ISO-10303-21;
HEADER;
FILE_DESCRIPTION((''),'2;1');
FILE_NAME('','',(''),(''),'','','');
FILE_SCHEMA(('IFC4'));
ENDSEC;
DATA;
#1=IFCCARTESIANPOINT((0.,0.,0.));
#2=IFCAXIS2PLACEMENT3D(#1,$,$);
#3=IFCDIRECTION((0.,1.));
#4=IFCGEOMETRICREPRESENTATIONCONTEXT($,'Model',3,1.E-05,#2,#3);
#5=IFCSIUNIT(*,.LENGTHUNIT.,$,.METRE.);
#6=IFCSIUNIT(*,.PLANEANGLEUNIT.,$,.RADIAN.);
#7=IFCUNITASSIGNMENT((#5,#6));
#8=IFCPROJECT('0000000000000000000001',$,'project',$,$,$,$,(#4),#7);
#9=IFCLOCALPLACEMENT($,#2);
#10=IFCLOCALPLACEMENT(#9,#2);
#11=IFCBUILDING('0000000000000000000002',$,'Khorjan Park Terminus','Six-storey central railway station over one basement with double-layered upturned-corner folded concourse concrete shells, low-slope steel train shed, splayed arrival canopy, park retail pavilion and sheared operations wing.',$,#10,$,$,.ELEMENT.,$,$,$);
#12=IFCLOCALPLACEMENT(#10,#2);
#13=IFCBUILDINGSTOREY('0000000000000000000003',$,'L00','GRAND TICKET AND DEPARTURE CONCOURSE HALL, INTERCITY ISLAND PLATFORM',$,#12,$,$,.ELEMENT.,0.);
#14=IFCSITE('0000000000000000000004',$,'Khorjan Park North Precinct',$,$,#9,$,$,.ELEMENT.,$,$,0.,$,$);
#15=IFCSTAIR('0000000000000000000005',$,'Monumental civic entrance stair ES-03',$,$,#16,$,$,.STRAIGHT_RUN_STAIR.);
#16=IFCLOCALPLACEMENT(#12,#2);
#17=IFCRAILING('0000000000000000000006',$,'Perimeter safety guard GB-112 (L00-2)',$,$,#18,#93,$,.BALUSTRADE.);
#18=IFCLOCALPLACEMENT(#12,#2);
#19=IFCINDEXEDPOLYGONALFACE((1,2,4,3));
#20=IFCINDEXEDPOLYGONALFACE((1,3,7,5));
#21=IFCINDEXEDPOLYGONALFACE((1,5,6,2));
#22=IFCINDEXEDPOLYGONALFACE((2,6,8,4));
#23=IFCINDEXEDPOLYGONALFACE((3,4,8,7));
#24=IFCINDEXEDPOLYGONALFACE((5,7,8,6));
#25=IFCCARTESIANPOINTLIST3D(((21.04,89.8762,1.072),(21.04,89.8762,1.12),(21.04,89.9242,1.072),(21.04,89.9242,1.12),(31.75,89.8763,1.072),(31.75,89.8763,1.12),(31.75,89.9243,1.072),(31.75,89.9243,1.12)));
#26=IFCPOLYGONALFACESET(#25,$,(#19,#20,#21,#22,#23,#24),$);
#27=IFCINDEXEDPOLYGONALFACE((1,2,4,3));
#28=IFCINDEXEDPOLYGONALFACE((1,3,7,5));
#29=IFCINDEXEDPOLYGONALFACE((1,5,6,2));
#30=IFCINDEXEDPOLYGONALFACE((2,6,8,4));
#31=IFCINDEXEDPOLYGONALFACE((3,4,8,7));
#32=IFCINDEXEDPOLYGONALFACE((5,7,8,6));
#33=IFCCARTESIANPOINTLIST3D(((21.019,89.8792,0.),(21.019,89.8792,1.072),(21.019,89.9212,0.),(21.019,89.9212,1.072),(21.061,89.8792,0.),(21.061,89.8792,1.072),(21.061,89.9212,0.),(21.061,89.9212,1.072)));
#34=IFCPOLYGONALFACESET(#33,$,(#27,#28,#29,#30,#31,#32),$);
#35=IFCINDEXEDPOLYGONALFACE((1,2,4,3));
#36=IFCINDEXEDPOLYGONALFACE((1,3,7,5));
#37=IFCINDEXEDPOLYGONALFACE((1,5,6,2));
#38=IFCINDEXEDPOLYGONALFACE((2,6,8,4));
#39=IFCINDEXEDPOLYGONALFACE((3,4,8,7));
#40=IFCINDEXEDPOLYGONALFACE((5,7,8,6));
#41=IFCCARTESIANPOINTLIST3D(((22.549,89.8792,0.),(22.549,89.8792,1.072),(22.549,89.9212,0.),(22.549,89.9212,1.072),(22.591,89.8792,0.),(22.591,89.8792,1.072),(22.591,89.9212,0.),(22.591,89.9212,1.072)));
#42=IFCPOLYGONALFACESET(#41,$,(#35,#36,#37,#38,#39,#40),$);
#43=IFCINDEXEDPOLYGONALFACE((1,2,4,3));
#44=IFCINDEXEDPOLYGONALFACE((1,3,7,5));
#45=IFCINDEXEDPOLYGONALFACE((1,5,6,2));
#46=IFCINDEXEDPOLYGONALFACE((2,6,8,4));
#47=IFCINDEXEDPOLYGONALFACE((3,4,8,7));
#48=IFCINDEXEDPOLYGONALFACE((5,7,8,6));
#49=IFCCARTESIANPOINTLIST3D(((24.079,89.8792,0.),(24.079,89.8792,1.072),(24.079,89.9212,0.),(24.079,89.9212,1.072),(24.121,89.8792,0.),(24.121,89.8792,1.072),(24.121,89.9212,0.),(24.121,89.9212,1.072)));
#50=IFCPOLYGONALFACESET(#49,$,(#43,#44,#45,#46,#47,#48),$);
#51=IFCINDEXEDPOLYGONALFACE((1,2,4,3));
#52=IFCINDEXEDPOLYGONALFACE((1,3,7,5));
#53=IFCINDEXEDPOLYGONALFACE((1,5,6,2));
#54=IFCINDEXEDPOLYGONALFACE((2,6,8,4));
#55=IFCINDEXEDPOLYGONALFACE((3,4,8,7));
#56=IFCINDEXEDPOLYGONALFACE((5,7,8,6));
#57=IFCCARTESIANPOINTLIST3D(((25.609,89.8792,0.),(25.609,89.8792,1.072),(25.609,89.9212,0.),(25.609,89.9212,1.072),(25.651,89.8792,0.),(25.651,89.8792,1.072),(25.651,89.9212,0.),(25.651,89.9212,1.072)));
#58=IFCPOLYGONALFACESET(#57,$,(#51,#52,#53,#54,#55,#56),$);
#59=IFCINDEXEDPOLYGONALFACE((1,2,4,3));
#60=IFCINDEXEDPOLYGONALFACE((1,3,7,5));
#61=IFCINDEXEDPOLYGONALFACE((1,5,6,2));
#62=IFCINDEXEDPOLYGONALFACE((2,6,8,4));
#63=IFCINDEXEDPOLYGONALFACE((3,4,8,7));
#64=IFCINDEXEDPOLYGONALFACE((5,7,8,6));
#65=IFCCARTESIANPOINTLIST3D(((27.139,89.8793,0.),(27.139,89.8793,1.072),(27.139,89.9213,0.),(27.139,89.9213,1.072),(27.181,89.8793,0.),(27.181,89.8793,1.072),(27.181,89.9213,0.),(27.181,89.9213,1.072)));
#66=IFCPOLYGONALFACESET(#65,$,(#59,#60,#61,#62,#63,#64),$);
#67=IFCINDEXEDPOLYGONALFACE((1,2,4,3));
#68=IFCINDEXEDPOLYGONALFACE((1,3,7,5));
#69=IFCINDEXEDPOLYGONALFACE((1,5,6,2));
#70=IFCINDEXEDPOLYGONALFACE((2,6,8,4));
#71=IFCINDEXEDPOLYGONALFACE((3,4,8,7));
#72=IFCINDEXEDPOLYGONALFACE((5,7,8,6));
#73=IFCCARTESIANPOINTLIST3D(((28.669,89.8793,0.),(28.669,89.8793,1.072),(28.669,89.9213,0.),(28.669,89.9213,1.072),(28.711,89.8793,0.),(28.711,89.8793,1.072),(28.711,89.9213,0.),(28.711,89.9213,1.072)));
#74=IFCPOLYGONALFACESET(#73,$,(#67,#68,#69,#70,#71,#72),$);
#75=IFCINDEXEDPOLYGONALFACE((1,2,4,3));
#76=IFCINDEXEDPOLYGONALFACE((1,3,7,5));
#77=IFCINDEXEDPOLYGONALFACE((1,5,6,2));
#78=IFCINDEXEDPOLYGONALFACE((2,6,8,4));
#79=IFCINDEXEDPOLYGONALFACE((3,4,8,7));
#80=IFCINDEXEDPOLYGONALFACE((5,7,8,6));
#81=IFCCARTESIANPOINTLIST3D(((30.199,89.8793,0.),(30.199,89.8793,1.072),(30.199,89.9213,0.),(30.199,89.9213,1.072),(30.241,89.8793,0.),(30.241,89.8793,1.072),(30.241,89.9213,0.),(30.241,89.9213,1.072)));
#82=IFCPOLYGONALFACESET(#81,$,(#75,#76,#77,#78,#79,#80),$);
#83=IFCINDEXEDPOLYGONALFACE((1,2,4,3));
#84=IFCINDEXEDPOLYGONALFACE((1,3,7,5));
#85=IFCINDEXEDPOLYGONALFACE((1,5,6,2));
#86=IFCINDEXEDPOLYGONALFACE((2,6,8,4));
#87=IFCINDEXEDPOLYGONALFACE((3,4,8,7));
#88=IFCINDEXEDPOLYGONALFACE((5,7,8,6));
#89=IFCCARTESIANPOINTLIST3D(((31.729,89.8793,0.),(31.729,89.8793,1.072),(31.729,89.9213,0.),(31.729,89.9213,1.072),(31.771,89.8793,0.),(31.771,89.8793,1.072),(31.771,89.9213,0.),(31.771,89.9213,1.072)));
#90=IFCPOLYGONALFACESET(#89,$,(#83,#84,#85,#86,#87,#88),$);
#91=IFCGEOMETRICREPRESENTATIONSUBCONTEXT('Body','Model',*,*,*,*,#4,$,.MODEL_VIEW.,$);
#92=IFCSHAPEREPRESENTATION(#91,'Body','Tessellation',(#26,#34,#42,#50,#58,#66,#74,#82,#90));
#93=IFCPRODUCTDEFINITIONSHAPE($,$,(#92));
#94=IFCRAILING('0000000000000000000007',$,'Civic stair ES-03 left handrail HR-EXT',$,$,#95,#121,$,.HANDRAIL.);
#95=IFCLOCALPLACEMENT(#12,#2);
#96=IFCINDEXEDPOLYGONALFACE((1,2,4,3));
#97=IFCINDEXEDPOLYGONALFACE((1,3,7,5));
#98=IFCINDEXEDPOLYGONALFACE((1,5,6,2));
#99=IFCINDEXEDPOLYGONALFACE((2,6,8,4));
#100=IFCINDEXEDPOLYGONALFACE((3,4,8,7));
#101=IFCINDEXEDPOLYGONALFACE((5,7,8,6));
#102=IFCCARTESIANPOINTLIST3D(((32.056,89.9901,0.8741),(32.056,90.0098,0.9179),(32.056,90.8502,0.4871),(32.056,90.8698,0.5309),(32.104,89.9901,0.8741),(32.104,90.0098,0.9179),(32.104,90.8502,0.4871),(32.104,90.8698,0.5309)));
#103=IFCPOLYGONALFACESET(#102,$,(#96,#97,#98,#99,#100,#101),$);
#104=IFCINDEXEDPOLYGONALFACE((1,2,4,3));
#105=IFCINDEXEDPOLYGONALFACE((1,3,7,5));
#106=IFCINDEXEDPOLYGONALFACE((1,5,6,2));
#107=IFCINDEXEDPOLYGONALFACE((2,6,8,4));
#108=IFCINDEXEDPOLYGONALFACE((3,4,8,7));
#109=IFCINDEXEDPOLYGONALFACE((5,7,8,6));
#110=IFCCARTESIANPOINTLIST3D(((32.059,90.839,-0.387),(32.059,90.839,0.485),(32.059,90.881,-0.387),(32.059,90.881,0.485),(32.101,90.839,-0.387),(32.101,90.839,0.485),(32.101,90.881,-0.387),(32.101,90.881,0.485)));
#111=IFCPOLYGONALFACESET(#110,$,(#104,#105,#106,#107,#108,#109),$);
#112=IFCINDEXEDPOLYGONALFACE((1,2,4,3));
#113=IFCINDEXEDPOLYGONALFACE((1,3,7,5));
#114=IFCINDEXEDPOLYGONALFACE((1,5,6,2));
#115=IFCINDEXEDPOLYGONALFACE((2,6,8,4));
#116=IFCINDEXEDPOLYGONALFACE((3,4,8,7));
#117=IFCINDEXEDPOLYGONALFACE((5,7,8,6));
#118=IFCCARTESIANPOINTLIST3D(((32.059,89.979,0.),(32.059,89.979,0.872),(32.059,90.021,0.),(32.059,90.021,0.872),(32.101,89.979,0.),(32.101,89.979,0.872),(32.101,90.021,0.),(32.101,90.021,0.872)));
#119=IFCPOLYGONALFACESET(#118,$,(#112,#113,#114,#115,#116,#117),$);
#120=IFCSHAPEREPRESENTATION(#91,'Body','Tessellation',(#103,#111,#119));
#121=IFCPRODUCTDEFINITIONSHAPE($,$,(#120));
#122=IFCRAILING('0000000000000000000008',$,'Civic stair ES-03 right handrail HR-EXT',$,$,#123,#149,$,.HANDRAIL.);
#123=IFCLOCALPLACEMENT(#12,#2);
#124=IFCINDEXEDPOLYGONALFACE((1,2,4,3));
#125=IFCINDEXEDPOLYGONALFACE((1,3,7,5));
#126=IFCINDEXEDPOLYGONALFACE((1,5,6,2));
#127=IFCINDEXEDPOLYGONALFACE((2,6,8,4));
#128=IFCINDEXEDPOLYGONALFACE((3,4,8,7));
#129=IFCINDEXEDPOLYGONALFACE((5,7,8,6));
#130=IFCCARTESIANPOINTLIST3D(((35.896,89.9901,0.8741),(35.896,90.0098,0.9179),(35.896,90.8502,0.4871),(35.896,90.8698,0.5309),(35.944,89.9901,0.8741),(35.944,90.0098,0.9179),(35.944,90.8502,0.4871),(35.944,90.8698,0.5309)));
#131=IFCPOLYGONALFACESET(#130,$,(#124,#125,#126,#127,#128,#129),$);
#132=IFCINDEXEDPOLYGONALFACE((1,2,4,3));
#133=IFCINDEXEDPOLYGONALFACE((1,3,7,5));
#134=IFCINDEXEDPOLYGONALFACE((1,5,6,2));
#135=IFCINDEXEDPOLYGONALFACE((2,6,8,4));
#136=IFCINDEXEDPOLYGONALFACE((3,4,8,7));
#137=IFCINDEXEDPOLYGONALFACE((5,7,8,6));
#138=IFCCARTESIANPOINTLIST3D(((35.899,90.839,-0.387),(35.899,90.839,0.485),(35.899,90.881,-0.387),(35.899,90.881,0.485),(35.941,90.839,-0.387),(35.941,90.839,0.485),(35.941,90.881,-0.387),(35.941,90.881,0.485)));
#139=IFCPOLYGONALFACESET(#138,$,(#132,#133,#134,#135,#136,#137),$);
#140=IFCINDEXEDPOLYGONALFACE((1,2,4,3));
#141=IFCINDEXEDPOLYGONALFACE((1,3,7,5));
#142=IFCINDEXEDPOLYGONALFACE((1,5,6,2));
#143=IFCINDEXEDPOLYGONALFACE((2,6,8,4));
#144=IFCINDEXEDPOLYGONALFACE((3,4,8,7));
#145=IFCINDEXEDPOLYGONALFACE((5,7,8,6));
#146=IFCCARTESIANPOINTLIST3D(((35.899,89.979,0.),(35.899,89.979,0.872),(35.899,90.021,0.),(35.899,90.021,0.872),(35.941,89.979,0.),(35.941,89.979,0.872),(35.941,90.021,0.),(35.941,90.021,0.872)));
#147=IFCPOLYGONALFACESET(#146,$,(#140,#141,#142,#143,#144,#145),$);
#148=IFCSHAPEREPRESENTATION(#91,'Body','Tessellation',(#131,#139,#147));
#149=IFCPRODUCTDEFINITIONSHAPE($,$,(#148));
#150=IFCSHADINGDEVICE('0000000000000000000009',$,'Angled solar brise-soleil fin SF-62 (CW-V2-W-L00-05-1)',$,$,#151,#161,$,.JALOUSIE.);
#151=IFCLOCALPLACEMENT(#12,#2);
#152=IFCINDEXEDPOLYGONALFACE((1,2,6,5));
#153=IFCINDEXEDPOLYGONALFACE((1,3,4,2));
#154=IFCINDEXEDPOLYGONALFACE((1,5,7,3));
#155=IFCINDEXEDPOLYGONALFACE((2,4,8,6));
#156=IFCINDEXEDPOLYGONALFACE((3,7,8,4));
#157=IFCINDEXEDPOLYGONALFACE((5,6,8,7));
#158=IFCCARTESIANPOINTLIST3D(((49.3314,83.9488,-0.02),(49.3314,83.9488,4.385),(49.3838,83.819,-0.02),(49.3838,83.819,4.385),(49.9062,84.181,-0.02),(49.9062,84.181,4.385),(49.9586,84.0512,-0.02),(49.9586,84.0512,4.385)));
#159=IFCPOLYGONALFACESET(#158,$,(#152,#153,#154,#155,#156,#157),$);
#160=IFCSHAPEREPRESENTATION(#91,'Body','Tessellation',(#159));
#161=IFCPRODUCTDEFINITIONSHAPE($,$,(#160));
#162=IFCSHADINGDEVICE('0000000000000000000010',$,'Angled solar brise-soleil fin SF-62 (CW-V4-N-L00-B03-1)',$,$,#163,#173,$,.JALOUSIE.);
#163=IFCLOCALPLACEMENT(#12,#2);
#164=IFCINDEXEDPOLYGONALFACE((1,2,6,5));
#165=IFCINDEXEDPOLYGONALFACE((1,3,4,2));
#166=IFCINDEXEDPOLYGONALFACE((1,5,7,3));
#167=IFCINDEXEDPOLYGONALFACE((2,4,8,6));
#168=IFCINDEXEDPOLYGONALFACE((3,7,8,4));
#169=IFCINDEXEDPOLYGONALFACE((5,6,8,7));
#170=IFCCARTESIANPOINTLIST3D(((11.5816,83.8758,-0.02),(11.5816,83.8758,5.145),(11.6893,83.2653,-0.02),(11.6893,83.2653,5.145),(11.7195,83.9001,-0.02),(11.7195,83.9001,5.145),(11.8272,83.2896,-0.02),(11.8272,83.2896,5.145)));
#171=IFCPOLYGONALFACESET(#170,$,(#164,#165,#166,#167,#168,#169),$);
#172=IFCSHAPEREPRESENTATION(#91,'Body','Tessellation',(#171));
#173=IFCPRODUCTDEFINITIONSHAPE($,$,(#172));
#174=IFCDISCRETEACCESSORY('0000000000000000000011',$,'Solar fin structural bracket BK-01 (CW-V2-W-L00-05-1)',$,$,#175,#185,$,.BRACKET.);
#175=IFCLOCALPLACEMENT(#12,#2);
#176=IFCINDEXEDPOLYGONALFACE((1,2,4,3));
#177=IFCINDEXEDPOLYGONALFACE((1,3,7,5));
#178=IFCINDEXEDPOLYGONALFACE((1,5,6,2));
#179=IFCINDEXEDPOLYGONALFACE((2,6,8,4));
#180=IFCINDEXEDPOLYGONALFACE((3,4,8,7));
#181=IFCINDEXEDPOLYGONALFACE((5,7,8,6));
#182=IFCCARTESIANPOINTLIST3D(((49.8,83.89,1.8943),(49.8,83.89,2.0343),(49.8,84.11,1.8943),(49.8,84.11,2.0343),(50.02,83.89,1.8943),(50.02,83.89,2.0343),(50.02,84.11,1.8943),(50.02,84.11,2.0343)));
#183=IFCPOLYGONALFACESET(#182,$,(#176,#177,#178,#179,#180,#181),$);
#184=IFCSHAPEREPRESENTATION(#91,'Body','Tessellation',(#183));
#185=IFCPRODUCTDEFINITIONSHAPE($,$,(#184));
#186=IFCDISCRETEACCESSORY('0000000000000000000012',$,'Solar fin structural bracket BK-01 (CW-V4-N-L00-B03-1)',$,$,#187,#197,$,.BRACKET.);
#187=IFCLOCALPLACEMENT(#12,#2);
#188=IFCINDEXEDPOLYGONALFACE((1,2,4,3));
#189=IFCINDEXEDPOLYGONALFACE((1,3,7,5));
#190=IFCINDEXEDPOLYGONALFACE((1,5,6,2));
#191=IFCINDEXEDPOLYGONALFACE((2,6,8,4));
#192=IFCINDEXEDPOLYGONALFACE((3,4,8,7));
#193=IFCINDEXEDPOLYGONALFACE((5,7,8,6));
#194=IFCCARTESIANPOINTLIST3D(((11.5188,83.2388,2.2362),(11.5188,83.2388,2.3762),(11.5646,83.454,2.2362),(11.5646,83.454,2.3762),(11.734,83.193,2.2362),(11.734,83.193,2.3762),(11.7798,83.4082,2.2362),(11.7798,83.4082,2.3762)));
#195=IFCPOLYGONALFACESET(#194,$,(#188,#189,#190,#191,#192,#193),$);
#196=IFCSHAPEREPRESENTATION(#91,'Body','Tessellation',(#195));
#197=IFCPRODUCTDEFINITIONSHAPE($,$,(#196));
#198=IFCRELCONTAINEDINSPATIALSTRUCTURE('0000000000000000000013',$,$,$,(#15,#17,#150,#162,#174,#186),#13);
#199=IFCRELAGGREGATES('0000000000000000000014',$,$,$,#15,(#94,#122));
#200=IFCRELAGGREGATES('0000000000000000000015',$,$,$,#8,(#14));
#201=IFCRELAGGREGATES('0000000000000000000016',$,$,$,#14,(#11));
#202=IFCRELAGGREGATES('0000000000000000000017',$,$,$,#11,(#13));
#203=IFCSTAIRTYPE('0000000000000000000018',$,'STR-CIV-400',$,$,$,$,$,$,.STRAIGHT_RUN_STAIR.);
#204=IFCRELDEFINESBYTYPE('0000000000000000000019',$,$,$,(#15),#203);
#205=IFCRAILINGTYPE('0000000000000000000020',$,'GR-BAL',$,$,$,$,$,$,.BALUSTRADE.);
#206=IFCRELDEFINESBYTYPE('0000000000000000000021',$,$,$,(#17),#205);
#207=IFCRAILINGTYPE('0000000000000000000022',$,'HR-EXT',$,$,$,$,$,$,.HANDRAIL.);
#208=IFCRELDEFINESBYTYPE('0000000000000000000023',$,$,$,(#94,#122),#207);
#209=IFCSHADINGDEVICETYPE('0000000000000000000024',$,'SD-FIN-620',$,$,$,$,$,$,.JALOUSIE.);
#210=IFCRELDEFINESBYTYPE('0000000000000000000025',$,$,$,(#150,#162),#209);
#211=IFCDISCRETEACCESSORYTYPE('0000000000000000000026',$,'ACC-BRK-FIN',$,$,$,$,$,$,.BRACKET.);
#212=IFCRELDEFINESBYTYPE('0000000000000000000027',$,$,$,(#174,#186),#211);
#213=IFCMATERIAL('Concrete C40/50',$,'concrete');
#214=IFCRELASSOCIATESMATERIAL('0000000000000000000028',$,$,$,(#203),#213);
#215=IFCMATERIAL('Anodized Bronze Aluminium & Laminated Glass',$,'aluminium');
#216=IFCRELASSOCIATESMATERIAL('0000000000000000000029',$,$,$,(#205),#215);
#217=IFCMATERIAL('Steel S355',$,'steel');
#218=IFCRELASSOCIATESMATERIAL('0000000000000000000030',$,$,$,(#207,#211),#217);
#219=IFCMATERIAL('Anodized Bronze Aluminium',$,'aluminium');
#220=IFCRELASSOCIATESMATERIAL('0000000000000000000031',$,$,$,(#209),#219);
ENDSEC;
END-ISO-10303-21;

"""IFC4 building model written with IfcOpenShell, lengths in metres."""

from ifc_helpers import new_model, si_unit, direction, frame, origin, origin_2d, place, context, subcontext, project, spatial, rectangle, extrude, material, type_object, element, aggregate, save


model = new_model("IFC4")

# Units and contexts
model_context = context("Model", 3, precision=1e-05, world=origin(), true_north=direction((0.0, 1.0)))
body_context = subcontext(model_context, "Body", "Model", "MODEL_VIEW")
ifc_project = project(units=[si_unit("LENGTHUNIT", "METRE"), si_unit("PLANEANGLEUNIT", "RADIAN")], contexts=[model_context])

# Site, building, storey
site_placement = place(None, origin())
site = spatial("IfcSite", under=ifc_project, at=site_placement, Name="Khorjan Park North Precinct", CompositionType="ELEMENT", RefElevation=0.0)
building_placement = place(site_placement, origin())
building = spatial("IfcBuilding", under=site, at=building_placement, Name="Khorjan Park Terminus", Description="Six-storey central railway station over one basement with double-layered upturned-corner folded concourse concrete shells, low-slope steel train shed, splayed arrival canopy, park retail pavilion and sheared operations wing.", CompositionType="ELEMENT")
storey_placement = place(building_placement, origin())
storey = spatial("IfcBuildingStorey", under=building, at=storey_placement, Name="L00", Description="GRAND TICKET AND DEPARTURE CONCOURSE HALL, INTERCITY ISLAND PLATFORM", CompositionType="ELEMENT", Elevation=0.0)

# Shared definitions
ifc_material_1 = material(Name="Steel S355", Category="steel")

# Shared definitions
ifc_material_2 = material(Name="Anodized Bronze Aluminium", Category="aluminium")

# Stair
ifc_material_3 = material(Name="Concrete C40/50", Category="concrete")
stair_type = type_object("IfcStairType", Name="STR-CIV-400", PredefinedType="STRAIGHT_RUN_STAIR", material=ifc_material_3)
stair_placement = place(storey_placement, origin())
stair = element("IfcStair", 1, at=stair_placement, inside=storey, type_object=stair_type, Name="Monumental civic entrance stair ES-03", PredefinedType="STRAIGHT_RUN_STAIR")

# Railing
ifc_material_4 = material(Name="Anodized Bronze Aluminium & Laminated Glass", Category="aluminium")
railing_type_1 = type_object("IfcRailingType", Name="GR-BAL", PredefinedType="BALUSTRADE", material=ifc_material_4)
railing_1_placement = place(storey_placement, frame((21.04, 89.9002, 0.0)))
element("IfcRailing", 2, at=railing_1_placement, inside=storey, type_object=railing_type_1, Name="Perimeter safety guard GB-112 (L00-2)", PredefinedType="BALUSTRADE", context=body_context, shape_type="SweptSolid", body=[
    extrude(rectangle(XDim=0.048, YDim=0.048, at=origin_2d()), frame((0.0, 0.0, 1.096), z_axis=(1.0, 0.000009, 0.0), x_axis=(-0.000009, 1.0, 0.0)), (0.0, 0.0, 1.0), 10.71),
    extrude(rectangle(XDim=0.042, YDim=0.042, at=origin_2d()), origin(), (0.0, 0.0, 1.0), 1.072),
    extrude(rectangle(XDim=0.042, YDim=0.042, at=origin_2d()), frame((1.53, 0.0, 0.0)), (0.0, 0.0, 1.0), 1.072),
    extrude(rectangle(XDim=0.042, YDim=0.042, at=origin_2d()), frame((3.06, 0.0, 0.0)), (0.0, 0.0, 1.0), 1.072),
    extrude(rectangle(XDim=0.042, YDim=0.042, at=origin_2d()), frame((4.59, 0.0, 0.0)), (0.0, 0.0, 1.0), 1.072),
    extrude(rectangle(XDim=0.042, YDim=0.042, at=origin_2d()), frame((6.12, 0.0001, 0.0)), (0.0, 0.0, 1.0), 1.072),
    extrude(rectangle(XDim=0.042, YDim=0.042, at=origin_2d()), frame((7.65, 0.0001, 0.0)), (0.0, 0.0, 1.0), 1.072),
    extrude(rectangle(XDim=0.042, YDim=0.042, at=origin_2d()), frame((9.18, 0.0001, 0.0)), (0.0, 0.0, 1.0), 1.072),
    extrude(rectangle(XDim=0.042, YDim=0.042, at=origin_2d()), frame((10.71, 0.0001, 0.0)), (0.0, 0.0, 1.0), 1.072),
])

# Railings
railing_type_2 = type_object("IfcRailingType", Name="HR-EXT", PredefinedType="HANDRAIL", material=ifc_material_1)
railing_2_placement = place(storey_placement, frame((32.08, 90.86, -0.387)))
railing_2 = element("IfcRailing", 3, at=railing_2_placement, type_object=railing_type_2, Name="Civic stair ES-03 left handrail HR-EXT", PredefinedType="HANDRAIL", context=body_context, shape_type="SweptSolid", body=[
    extrude(rectangle(XDim=0.048, YDim=0.048, at=origin_2d()), frame((0.0, 0.0, 0.896), z_axis=(0.0, -0.911922, 0.410365), x_axis=(1.0, 0.0, 0.0)), (0.0, 0.0, 1.0), 0.9431),
    extrude(rectangle(XDim=0.042, YDim=0.042, at=origin_2d()), origin(), (0.0, 0.0, 1.0), 0.872),
    extrude(rectangle(XDim=0.042, YDim=0.042, at=origin_2d()), frame((0.0, -0.86, 0.387)), (0.0, 0.0, 1.0), 0.872),
])
railing_3_placement = place(storey_placement, frame((35.92, 90.86, -0.387)))
railing_3 = element("IfcRailing", 4, at=railing_3_placement, type_object=railing_type_2, Name="Civic stair ES-03 right handrail HR-EXT", PredefinedType="HANDRAIL", context=body_context, shape_type="SweptSolid", body=[
    extrude(rectangle(XDim=0.048, YDim=0.048, at=origin_2d()), frame((0.0, 0.0, 0.896), z_axis=(0.0, -0.911922, 0.410365), x_axis=(1.0, 0.0, 0.0)), (0.0, 0.0, 1.0), 0.9431),
    extrude(rectangle(XDim=0.042, YDim=0.042, at=origin_2d()), origin(), (0.0, 0.0, 1.0), 0.872),
    extrude(rectangle(XDim=0.042, YDim=0.042, at=origin_2d()), frame((0.0, -0.86, 0.387)), (0.0, 0.0, 1.0), 0.872),
])
aggregate(stair, [railing_2, railing_3])

# Shading devices
shading_device_type = type_object("IfcShadingDeviceType", Name="SD-FIN-620", PredefinedType="JALOUSIE", material=ifc_material_2)
shading_device_1_placement = place(storey_placement, frame((49.645, 84.0, -0.02), z_axis=(0.0, 0.0, 1.0), x_axis=(0.927184, 0.374607, 0.0)))
element("IfcShadingDevice", 5, at=shading_device_1_placement, inside=storey, type_object=shading_device_type, Name="Angled solar brise-soleil fin SF-62 (CW-V2-W-L00-05-1)", PredefinedType="JALOUSIE", context=body_context, shape_type="SweptSolid", body=[
    extrude(rectangle(XDim=0.62, YDim=0.14, at=origin_2d()), origin(), (0.0, 0.0, 1.0), 4.405),
])
shading_device_2_placement = place(storey_placement, frame((11.7044, 83.5827, -0.02), z_axis=(0.0, 0.0, 1.0), x_axis=(0.173648, -0.984808, 0.0)))
element("IfcShadingDevice", 6, at=shading_device_2_placement, inside=storey, type_object=shading_device_type, Name="Angled solar brise-soleil fin SF-62 (CW-V4-N-L00-B03-1)", PredefinedType="JALOUSIE", context=body_context, shape_type="SweptSolid", body=[
    extrude(rectangle(XDim=0.62, YDim=0.14, at=origin_2d()), origin(), (0.0, 0.0, 1.0), 5.165),
])

# Discrete accessories
discrete_accessory_type = type_object("IfcDiscreteAccessoryType", Name="ACC-BRK-FIN", PredefinedType="BRACKET", material=ifc_material_1)
for number, where, z_axis, x_axis, name in (
    (7, (49.91, 84.0, 1.8943), (0.0, 0.0, 1.0), (0.0, -1.0, 0.0), "Solar fin structural bracket BK-01 (CW-V2-W-L00-05-1)"),
    (8, (11.6493, 83.3235, 2.2362), (0.0, 0.0, 1.0), (-0.978147, 0.207914, 0.0), "Solar fin structural bracket BK-01 (CW-V4-N-L00-B03-1)"),
):
    element("IfcDiscreteAccessory", number, at=place(storey_placement, frame(where, z_axis=z_axis, x_axis=x_axis)), inside=storey, type_object=discrete_accessory_type, Name=name, PredefinedType="BRACKET", context=body_context, shape_type="SweptSolid", body=[
        extrude(rectangle(XDim=0.22, YDim=0.22, at=origin_2d()), origin(), (0.0, 0.0, 1.0), 0.14),
    ])

save(model, "model.ifc")
